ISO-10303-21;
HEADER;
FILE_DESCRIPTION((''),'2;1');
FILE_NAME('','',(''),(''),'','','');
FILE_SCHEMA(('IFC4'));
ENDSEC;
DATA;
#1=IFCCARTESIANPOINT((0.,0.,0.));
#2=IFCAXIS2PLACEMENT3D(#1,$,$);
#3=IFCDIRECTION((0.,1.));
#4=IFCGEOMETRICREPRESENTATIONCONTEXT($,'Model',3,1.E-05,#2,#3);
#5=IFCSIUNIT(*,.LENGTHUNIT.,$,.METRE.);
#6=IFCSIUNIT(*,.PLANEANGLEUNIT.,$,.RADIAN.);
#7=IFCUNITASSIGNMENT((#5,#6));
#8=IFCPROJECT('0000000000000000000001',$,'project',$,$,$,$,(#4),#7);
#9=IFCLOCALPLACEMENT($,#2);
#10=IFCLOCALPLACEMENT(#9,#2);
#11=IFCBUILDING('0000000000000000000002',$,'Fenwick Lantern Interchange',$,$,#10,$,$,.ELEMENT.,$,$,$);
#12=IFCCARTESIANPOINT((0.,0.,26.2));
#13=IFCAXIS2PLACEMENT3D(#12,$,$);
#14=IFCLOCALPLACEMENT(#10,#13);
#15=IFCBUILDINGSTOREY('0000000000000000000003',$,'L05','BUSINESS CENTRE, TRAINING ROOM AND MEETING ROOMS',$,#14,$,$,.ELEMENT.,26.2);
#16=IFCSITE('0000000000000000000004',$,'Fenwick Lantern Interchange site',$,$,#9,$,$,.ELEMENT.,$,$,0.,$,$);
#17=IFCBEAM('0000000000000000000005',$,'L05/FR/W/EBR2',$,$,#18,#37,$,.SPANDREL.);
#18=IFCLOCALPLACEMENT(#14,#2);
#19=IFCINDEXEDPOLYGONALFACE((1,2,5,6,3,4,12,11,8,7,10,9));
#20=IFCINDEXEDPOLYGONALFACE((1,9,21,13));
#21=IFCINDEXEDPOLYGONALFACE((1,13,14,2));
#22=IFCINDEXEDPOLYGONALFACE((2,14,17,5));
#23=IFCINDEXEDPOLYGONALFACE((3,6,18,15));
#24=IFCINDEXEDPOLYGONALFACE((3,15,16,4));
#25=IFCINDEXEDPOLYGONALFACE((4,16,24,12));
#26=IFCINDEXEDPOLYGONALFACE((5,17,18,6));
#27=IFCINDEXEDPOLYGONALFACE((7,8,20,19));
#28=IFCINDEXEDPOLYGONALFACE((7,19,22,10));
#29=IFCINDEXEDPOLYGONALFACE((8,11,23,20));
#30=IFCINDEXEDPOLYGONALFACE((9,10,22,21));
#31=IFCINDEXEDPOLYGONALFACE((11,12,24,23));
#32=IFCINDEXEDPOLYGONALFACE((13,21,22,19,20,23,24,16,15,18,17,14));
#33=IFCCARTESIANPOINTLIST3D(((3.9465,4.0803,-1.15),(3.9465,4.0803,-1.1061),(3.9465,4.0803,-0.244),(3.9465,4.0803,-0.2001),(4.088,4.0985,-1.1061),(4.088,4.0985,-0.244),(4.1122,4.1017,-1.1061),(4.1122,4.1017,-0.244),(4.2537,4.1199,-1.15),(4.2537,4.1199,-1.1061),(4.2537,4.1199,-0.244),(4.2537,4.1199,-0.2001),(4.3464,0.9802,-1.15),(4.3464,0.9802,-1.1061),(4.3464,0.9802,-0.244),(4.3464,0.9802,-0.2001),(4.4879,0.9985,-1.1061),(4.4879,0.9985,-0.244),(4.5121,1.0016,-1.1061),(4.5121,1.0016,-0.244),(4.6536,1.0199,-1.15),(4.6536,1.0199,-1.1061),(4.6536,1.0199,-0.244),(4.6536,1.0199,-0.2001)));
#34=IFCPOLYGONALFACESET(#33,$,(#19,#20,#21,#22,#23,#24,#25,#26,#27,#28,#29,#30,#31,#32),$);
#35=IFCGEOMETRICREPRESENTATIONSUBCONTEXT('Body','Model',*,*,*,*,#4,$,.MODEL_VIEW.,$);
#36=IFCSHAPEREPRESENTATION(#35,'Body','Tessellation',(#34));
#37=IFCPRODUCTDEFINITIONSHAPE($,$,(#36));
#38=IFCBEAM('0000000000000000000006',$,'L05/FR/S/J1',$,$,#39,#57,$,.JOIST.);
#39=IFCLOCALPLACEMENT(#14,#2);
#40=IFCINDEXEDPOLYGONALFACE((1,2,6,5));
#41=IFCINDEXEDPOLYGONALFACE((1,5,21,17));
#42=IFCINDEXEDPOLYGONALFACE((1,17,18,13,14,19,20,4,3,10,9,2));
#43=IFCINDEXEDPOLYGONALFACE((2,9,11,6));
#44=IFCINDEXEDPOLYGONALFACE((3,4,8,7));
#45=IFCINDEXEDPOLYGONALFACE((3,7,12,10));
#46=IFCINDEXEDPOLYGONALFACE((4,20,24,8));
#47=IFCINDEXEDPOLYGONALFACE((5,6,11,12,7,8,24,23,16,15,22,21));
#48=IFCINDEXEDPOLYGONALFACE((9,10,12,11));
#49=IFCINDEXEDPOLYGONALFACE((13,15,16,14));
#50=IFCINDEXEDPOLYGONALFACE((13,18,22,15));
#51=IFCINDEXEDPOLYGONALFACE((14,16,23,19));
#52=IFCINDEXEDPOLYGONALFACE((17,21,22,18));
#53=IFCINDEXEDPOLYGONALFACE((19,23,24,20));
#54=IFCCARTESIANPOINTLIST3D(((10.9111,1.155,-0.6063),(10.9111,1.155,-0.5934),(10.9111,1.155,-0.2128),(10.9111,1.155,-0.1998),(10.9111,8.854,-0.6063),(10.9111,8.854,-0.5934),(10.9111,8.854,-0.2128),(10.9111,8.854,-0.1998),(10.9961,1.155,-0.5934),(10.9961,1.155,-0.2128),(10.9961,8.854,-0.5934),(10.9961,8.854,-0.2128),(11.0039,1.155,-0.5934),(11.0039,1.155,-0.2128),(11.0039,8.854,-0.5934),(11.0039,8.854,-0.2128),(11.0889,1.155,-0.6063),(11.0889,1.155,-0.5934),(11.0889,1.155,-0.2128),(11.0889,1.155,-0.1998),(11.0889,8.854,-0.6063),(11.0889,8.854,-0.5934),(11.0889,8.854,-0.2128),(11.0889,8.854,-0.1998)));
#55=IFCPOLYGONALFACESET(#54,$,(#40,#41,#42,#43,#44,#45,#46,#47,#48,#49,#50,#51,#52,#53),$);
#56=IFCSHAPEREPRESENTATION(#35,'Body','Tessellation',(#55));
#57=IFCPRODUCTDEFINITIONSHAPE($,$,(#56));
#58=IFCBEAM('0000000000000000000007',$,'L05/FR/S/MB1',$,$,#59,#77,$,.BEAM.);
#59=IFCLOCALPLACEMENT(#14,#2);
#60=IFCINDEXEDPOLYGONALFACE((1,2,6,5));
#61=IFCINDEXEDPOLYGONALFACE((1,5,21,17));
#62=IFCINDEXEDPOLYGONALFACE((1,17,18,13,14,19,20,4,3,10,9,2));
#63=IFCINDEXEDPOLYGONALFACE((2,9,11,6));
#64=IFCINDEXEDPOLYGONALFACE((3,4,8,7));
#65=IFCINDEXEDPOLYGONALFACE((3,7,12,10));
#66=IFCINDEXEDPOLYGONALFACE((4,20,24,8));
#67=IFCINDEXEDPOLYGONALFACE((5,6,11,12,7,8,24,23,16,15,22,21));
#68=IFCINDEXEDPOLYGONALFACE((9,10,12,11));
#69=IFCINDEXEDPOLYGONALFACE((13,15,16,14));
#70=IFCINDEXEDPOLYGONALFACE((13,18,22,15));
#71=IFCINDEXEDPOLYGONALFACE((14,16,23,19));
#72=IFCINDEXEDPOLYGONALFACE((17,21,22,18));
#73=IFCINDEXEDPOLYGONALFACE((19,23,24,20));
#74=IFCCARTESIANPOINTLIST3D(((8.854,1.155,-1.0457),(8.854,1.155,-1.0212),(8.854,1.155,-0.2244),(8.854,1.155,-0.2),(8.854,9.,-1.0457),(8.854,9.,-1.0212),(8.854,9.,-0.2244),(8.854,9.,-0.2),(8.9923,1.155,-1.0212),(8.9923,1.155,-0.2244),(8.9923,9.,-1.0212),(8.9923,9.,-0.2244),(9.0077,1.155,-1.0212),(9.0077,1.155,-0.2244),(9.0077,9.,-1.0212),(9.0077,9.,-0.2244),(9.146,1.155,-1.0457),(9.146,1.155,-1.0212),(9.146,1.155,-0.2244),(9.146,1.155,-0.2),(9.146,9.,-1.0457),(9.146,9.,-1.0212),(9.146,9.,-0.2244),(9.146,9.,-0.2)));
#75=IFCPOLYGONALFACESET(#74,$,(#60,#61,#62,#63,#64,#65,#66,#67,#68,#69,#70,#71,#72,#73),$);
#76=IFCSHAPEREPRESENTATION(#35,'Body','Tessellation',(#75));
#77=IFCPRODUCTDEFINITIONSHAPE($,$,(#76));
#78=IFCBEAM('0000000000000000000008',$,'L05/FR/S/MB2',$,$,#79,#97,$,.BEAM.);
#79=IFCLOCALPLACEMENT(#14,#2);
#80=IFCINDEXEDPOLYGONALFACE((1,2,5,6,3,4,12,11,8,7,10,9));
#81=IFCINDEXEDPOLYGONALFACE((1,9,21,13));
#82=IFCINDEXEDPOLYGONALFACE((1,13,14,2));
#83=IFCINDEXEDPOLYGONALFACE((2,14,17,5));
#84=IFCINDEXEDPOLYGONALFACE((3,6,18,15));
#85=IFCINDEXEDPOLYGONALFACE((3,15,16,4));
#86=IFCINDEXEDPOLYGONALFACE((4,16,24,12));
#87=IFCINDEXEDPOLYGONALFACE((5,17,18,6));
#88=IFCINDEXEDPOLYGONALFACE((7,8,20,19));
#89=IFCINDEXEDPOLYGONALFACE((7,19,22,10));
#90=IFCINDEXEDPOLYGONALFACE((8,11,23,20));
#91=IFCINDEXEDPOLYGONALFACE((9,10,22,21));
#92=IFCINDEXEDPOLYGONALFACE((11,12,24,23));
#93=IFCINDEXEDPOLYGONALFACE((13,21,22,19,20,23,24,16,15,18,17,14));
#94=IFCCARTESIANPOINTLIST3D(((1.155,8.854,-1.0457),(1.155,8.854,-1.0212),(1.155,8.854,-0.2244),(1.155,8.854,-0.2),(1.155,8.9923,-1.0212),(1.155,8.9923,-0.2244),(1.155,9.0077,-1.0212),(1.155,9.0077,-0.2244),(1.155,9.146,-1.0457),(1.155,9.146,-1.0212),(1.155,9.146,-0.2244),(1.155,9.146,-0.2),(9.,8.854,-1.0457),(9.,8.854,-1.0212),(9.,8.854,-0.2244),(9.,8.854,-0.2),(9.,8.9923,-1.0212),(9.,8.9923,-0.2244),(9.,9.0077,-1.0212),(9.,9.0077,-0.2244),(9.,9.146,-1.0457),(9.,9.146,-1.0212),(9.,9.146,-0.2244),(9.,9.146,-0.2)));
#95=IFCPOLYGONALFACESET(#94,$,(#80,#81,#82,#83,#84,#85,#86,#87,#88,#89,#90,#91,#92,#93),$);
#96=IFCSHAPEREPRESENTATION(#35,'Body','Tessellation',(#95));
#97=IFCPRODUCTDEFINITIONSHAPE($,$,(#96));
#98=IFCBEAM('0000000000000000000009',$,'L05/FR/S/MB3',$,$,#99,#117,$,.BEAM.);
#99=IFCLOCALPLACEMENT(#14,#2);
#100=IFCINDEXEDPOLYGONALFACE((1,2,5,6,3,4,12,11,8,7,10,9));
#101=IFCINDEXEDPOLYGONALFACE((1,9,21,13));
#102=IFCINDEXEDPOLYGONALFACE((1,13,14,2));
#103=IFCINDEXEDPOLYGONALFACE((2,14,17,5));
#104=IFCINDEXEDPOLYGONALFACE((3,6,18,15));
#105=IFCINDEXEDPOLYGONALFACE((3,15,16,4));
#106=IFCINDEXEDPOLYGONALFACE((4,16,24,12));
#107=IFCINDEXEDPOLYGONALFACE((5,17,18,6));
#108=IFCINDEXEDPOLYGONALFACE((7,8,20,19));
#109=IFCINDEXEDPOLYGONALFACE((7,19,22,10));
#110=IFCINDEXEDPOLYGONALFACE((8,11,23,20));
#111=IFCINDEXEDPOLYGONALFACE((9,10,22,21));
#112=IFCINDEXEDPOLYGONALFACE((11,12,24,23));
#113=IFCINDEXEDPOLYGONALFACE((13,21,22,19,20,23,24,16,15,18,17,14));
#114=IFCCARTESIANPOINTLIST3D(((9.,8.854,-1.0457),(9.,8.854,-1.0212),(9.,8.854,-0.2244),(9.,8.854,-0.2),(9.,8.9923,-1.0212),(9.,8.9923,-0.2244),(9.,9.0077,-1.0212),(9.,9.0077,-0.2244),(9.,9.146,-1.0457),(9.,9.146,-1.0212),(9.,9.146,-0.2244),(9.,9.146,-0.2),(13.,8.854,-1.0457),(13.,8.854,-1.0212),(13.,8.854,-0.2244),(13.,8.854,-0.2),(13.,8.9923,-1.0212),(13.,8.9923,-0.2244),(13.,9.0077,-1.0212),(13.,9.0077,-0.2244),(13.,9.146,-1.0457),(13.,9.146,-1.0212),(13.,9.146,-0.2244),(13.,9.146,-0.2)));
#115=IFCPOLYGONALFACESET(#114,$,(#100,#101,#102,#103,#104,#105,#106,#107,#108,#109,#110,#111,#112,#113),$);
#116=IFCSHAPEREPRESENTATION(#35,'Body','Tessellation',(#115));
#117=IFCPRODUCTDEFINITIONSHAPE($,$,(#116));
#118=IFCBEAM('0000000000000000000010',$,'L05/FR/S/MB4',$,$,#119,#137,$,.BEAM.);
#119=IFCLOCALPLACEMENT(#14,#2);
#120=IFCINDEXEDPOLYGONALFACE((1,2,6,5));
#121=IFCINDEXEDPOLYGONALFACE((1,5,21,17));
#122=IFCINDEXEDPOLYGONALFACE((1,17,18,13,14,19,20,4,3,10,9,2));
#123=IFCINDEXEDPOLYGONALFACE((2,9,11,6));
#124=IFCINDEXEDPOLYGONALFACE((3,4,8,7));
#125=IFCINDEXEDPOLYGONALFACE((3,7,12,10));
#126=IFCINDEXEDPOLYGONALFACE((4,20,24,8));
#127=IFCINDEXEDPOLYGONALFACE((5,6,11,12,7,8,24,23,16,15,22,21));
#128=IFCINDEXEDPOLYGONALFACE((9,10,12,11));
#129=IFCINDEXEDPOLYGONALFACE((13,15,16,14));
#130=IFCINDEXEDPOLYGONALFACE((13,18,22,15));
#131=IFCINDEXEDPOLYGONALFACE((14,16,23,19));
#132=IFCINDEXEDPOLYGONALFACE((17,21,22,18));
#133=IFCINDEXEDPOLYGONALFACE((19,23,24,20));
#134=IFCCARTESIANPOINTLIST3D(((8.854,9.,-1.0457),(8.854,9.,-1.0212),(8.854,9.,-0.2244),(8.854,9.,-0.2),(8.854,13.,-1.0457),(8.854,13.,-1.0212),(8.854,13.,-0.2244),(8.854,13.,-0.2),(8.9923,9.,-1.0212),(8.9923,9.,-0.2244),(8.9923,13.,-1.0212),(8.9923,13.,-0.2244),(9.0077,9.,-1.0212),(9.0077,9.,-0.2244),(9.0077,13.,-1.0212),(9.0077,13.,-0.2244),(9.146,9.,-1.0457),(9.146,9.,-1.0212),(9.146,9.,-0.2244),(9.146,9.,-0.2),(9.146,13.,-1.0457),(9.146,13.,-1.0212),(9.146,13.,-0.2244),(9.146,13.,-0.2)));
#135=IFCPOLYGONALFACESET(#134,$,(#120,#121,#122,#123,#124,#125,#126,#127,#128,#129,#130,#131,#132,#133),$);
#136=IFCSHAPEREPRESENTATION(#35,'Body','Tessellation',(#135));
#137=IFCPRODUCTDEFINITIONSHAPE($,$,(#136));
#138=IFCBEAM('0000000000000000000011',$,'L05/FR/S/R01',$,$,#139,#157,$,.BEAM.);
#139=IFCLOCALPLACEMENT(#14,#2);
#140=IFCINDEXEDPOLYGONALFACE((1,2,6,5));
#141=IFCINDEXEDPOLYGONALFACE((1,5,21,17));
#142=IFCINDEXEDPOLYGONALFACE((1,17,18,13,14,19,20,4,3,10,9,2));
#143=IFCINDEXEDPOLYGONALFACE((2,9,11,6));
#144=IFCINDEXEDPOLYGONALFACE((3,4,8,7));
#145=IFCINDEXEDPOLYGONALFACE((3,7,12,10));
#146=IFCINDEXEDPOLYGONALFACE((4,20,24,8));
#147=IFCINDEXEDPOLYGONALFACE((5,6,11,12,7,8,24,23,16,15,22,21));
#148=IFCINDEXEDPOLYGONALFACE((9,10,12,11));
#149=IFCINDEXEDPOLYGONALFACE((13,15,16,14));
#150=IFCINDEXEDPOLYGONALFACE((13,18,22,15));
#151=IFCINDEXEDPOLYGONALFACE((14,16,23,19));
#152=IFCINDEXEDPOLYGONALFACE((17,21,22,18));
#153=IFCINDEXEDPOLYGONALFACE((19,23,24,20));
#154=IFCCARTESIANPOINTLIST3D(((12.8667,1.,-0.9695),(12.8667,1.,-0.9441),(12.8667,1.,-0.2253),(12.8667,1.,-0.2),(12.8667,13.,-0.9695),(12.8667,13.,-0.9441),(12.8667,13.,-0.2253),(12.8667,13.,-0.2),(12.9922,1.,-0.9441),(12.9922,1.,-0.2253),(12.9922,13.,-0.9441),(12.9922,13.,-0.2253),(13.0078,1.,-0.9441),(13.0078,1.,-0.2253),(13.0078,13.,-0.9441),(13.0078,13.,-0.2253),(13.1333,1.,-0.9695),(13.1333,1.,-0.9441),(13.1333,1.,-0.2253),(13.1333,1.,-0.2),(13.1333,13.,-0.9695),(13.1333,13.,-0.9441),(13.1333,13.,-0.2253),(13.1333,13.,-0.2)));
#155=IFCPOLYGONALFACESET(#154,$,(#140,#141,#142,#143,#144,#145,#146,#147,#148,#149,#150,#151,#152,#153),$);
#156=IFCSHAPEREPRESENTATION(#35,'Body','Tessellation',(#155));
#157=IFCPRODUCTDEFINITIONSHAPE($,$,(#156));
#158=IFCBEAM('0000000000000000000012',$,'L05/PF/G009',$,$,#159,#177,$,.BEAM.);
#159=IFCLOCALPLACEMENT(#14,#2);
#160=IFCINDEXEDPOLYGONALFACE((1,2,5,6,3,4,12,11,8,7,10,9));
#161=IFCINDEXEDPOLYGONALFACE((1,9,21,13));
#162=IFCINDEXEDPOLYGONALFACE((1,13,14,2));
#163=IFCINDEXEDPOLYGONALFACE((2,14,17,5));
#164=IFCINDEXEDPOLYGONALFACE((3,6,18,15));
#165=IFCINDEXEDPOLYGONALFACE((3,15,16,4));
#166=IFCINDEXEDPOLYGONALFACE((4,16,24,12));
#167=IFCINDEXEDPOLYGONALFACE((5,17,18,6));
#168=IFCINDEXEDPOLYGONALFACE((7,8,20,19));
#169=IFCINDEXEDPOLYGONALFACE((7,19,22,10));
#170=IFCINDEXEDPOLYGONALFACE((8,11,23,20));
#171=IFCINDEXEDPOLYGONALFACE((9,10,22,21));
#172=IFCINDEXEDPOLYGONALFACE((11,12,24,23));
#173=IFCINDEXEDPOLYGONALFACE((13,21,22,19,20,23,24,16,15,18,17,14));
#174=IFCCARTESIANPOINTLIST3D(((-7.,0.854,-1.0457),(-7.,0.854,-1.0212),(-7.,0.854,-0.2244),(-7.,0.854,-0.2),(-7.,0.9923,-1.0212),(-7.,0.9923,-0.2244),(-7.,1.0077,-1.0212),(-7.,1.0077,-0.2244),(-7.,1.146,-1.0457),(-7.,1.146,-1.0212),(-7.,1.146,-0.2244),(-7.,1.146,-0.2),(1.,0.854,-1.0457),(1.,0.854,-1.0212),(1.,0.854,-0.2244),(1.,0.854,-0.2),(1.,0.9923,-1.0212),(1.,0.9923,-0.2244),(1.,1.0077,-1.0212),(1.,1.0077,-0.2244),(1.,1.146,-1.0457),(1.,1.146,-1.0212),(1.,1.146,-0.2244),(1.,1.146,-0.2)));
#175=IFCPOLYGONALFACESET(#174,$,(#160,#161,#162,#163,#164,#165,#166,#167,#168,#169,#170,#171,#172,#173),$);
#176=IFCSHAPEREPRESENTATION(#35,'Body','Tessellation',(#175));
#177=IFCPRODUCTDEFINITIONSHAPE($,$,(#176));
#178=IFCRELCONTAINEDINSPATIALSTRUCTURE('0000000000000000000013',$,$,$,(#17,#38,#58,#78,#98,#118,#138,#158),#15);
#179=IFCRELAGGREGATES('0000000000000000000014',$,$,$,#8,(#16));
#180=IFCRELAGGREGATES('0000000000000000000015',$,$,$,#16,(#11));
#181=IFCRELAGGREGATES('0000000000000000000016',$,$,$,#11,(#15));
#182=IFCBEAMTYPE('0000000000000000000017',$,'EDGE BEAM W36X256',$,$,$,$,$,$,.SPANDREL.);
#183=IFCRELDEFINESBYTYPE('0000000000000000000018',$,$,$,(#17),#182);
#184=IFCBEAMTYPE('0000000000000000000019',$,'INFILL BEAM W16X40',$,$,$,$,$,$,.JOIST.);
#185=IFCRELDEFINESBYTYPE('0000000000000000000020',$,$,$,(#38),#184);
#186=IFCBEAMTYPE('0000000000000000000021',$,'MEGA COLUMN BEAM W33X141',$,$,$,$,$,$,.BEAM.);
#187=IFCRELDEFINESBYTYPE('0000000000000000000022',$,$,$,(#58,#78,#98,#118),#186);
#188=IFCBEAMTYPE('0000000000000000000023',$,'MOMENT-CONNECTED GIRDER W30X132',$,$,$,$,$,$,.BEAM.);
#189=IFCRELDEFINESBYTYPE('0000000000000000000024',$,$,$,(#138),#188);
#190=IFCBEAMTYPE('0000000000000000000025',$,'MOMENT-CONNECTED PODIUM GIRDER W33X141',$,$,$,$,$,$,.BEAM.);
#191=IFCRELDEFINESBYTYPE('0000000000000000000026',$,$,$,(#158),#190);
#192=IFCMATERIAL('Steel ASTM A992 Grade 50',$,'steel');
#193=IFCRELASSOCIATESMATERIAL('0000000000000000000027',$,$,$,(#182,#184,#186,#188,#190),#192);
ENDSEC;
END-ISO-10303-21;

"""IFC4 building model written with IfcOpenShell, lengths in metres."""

from ifc_helpers import new_model, si_unit, direction, frame, origin, origin_2d, place, context, subcontext, project, spatial, i_section, extrude, material, material_profile, profile_set, type_object, element, save


model = new_model("IFC4")

# Units and contexts
model_context = context("Model", 3, precision=1e-05, world=origin(), true_north=direction((0.0, 1.0)))
body_context = subcontext(model_context, "Body", "Model", "MODEL_VIEW")
ifc_project = project(units=[si_unit("LENGTHUNIT", "METRE"), si_unit("PLANEANGLEUNIT", "RADIAN")], contexts=[model_context])

# Site, building, storey
site_placement = place(None, origin())
site = spatial("IfcSite", under=ifc_project, at=site_placement, Name="Fenwick Lantern Interchange site", CompositionType="ELEMENT", RefElevation=0.0)
building_placement = place(site_placement, origin())
building = spatial("IfcBuilding", under=site, at=building_placement, Name="Fenwick Lantern Interchange", CompositionType="ELEMENT")
storey_placement = place(building_placement, frame((0.0, 0.0, 26.2)))
storey = spatial("IfcBuildingStorey", under=building, at=storey_placement, Name="L05", Description="BUSINESS CENTRE, TRAINING ROOM AND MEETING ROOMS", CompositionType="ELEMENT", Elevation=26.2)

# Shared definitions
ifc_material_1 = material(Name="Steel ASTM A992 Grade 50", Category="steel")

# Beams
ifc_material_profile_1 = material_profile(ifc_material_1, i_section(OverallWidth=0.3098, OverallDepth=0.95, WebThickness=0.0244, FlangeThickness=0.0439, at=origin_2d()), Name="W36X256")
ifc_profile_set_1 = profile_set([ifc_material_profile_1], Name="Steel ASTM A992 Grade 50")
beam_type_1 = type_object("IfcBeamType", Name="EDGE BEAM W36X256", PredefinedType="SPANDREL", material=ifc_profile_set_1)
for number, where, z_axis, x_axis, name in (
    (1, (4.1001, 4.1001, -0.675), (0.127937, -0.991782, 0.0), (0.991782, 0.127937, 0.0), "L05/FR/W/EBR2"),
):
    element("IfcBeam", number, at=place(storey_placement, frame(where, z_axis=z_axis, x_axis=x_axis)), inside=storey, type_object=beam_type_1, Name=name, PredefinedType="SPANDREL", context=body_context, shape_type="SweptSolid", body=[
        extrude(i_section(OverallWidth=0.3098, OverallDepth=0.95, WebThickness=0.0244, FlangeThickness=0.0439, at=origin_2d()), origin(), (0.0, 0.0, 1.0), 3.1257),
    ])
ifc_material_profile_2 = material_profile(ifc_material_1, i_section(OverallWidth=0.1777, OverallDepth=0.4065, WebThickness=0.0078, FlangeThickness=0.0129, at=origin_2d()), Name="W16X40")
ifc_profile_set_2 = profile_set([ifc_material_profile_2], Name="Steel ASTM A992 Grade 50")
beam_type_2 = type_object("IfcBeamType", Name="INFILL BEAM W16X40", PredefinedType="JOIST", material=ifc_profile_set_2)
beam_1_placement = place(storey_placement, frame((11.0, 1.155, -0.4031), z_axis=(0.0, 1.0, 0.0), x_axis=(-1.0, 0.0, 0.0)))
element("IfcBeam", 2, at=beam_1_placement, inside=storey, type_object=beam_type_2, Name="L05/FR/S/J1", PredefinedType="JOIST", context=body_context, shape_type="SweptSolid", body=[
    extrude(i_section(OverallWidth=0.1777, OverallDepth=0.4065, WebThickness=0.0078, FlangeThickness=0.0129, at=origin_2d()), origin(), (0.0, 0.0, 1.0), 7.699),
])
ifc_material_profile_3 = material_profile(ifc_material_1, i_section(OverallWidth=0.292, OverallDepth=0.8457, WebThickness=0.0154, FlangeThickness=0.0244, at=origin_2d()), Name="W33X141")
ifc_profile_set_3 = profile_set([ifc_material_profile_3], Name="Steel ASTM A992 Grade 50")
beam_type_3 = type_object("IfcBeamType", Name="MEGA COLUMN BEAM W33X141", PredefinedType="BEAM", material=ifc_profile_set_3)
for number, where, z_axis, x_axis, name in (
    (3, (9.0, 9.0, -0.6228), (0.0, -1.0, 0.0), (1.0, 0.0, 0.0), "L05/FR/S/MB1"),
    (4, (9.0, 9.0, -0.6228), (-1.0, 0.0, 0.0), (0.0, -1.0, 0.0), "L05/FR/S/MB2"),
):
    element("IfcBeam", number, at=place(storey_placement, frame(where, z_axis=z_axis, x_axis=x_axis)), inside=storey, type_object=beam_type_3, Name=name, PredefinedType="BEAM", context=body_context, shape_type="SweptSolid", body=[
        extrude(i_section(OverallWidth=0.292, OverallDepth=0.8457, WebThickness=0.0154, FlangeThickness=0.0244, at=origin_2d()), origin(), (0.0, 0.0, 1.0), 7.845),
    ])
for number, where, z_axis, x_axis, name in (
    (5, (9.0, 9.0, -0.6228), (1.0, 0.0, 0.0), (0.0, 1.0, 0.0), "L05/FR/S/MB3"),
    (6, (9.0, 9.0, -0.6228), (0.0, 1.0, 0.0), (-1.0, 0.0, 0.0), "L05/FR/S/MB4"),
):
    element("IfcBeam", number, at=place(storey_placement, frame(where, z_axis=z_axis, x_axis=x_axis)), inside=storey, type_object=beam_type_3, Name=name, PredefinedType="BEAM", context=body_context, shape_type="SweptSolid", body=[
        extrude(i_section(OverallWidth=0.292, OverallDepth=0.8457, WebThickness=0.0154, FlangeThickness=0.0244, at=origin_2d()), origin(), (0.0, 0.0, 1.0), 4.0),
    ])
ifc_material_profile_4 = material_profile(ifc_material_1, i_section(OverallWidth=0.2666, OverallDepth=0.7695, WebThickness=0.0156, FlangeThickness=0.0254, at=origin_2d()), Name="W30X132")
ifc_profile_set_4 = profile_set([ifc_material_profile_4], Name="Steel ASTM A992 Grade 50")
beam_type_4 = type_object("IfcBeamType", Name="MOMENT-CONNECTED GIRDER W30X132", PredefinedType="BEAM", material=ifc_profile_set_4)
beam_2_placement = place(storey_placement, frame((13.0, 1.0, -0.5847), z_axis=(0.0, 1.0, 0.0), x_axis=(-1.0, 0.0, 0.0)))
element("IfcBeam", 7, at=beam_2_placement, inside=storey, type_object=beam_type_4, Name="L05/FR/S/R01", PredefinedType="BEAM", context=body_context, shape_type="SweptSolid", body=[
    extrude(i_section(OverallWidth=0.2666, OverallDepth=0.7695, WebThickness=0.0156, FlangeThickness=0.0254, at=origin_2d()), origin(), (0.0, 0.0, 1.0), 12.0),
])
ifc_material_profile_5 = material_profile(ifc_material_1, i_section(OverallWidth=0.292, OverallDepth=0.8457, WebThickness=0.0154, FlangeThickness=0.0244, at=origin_2d()), Name="W33X141")
ifc_profile_set_5 = profile_set([ifc_material_profile_5], Name="Steel ASTM A992 Grade 50")
beam_type_5 = type_object("IfcBeamType", Name="MOMENT-CONNECTED PODIUM GIRDER W33X141", PredefinedType="BEAM", material=ifc_profile_set_5)
beam_3_placement = place(storey_placement, frame((-7.0, 1.0, -0.6228), z_axis=(1.0, 0.0, 0.0), x_axis=(0.0, 1.0, 0.0)))
element("IfcBeam", 8, at=beam_3_placement, inside=storey, type_object=beam_type_5, Name="L05/PF/G009", PredefinedType="BEAM", context=body_context, shape_type="SweptSolid", body=[
    extrude(i_section(OverallWidth=0.292, OverallDepth=0.8457, WebThickness=0.0154, FlangeThickness=0.0244, at=origin_2d()), origin(), (0.0, 0.0, 1.0), 8.0),
])

save(model, "model.ifc")
